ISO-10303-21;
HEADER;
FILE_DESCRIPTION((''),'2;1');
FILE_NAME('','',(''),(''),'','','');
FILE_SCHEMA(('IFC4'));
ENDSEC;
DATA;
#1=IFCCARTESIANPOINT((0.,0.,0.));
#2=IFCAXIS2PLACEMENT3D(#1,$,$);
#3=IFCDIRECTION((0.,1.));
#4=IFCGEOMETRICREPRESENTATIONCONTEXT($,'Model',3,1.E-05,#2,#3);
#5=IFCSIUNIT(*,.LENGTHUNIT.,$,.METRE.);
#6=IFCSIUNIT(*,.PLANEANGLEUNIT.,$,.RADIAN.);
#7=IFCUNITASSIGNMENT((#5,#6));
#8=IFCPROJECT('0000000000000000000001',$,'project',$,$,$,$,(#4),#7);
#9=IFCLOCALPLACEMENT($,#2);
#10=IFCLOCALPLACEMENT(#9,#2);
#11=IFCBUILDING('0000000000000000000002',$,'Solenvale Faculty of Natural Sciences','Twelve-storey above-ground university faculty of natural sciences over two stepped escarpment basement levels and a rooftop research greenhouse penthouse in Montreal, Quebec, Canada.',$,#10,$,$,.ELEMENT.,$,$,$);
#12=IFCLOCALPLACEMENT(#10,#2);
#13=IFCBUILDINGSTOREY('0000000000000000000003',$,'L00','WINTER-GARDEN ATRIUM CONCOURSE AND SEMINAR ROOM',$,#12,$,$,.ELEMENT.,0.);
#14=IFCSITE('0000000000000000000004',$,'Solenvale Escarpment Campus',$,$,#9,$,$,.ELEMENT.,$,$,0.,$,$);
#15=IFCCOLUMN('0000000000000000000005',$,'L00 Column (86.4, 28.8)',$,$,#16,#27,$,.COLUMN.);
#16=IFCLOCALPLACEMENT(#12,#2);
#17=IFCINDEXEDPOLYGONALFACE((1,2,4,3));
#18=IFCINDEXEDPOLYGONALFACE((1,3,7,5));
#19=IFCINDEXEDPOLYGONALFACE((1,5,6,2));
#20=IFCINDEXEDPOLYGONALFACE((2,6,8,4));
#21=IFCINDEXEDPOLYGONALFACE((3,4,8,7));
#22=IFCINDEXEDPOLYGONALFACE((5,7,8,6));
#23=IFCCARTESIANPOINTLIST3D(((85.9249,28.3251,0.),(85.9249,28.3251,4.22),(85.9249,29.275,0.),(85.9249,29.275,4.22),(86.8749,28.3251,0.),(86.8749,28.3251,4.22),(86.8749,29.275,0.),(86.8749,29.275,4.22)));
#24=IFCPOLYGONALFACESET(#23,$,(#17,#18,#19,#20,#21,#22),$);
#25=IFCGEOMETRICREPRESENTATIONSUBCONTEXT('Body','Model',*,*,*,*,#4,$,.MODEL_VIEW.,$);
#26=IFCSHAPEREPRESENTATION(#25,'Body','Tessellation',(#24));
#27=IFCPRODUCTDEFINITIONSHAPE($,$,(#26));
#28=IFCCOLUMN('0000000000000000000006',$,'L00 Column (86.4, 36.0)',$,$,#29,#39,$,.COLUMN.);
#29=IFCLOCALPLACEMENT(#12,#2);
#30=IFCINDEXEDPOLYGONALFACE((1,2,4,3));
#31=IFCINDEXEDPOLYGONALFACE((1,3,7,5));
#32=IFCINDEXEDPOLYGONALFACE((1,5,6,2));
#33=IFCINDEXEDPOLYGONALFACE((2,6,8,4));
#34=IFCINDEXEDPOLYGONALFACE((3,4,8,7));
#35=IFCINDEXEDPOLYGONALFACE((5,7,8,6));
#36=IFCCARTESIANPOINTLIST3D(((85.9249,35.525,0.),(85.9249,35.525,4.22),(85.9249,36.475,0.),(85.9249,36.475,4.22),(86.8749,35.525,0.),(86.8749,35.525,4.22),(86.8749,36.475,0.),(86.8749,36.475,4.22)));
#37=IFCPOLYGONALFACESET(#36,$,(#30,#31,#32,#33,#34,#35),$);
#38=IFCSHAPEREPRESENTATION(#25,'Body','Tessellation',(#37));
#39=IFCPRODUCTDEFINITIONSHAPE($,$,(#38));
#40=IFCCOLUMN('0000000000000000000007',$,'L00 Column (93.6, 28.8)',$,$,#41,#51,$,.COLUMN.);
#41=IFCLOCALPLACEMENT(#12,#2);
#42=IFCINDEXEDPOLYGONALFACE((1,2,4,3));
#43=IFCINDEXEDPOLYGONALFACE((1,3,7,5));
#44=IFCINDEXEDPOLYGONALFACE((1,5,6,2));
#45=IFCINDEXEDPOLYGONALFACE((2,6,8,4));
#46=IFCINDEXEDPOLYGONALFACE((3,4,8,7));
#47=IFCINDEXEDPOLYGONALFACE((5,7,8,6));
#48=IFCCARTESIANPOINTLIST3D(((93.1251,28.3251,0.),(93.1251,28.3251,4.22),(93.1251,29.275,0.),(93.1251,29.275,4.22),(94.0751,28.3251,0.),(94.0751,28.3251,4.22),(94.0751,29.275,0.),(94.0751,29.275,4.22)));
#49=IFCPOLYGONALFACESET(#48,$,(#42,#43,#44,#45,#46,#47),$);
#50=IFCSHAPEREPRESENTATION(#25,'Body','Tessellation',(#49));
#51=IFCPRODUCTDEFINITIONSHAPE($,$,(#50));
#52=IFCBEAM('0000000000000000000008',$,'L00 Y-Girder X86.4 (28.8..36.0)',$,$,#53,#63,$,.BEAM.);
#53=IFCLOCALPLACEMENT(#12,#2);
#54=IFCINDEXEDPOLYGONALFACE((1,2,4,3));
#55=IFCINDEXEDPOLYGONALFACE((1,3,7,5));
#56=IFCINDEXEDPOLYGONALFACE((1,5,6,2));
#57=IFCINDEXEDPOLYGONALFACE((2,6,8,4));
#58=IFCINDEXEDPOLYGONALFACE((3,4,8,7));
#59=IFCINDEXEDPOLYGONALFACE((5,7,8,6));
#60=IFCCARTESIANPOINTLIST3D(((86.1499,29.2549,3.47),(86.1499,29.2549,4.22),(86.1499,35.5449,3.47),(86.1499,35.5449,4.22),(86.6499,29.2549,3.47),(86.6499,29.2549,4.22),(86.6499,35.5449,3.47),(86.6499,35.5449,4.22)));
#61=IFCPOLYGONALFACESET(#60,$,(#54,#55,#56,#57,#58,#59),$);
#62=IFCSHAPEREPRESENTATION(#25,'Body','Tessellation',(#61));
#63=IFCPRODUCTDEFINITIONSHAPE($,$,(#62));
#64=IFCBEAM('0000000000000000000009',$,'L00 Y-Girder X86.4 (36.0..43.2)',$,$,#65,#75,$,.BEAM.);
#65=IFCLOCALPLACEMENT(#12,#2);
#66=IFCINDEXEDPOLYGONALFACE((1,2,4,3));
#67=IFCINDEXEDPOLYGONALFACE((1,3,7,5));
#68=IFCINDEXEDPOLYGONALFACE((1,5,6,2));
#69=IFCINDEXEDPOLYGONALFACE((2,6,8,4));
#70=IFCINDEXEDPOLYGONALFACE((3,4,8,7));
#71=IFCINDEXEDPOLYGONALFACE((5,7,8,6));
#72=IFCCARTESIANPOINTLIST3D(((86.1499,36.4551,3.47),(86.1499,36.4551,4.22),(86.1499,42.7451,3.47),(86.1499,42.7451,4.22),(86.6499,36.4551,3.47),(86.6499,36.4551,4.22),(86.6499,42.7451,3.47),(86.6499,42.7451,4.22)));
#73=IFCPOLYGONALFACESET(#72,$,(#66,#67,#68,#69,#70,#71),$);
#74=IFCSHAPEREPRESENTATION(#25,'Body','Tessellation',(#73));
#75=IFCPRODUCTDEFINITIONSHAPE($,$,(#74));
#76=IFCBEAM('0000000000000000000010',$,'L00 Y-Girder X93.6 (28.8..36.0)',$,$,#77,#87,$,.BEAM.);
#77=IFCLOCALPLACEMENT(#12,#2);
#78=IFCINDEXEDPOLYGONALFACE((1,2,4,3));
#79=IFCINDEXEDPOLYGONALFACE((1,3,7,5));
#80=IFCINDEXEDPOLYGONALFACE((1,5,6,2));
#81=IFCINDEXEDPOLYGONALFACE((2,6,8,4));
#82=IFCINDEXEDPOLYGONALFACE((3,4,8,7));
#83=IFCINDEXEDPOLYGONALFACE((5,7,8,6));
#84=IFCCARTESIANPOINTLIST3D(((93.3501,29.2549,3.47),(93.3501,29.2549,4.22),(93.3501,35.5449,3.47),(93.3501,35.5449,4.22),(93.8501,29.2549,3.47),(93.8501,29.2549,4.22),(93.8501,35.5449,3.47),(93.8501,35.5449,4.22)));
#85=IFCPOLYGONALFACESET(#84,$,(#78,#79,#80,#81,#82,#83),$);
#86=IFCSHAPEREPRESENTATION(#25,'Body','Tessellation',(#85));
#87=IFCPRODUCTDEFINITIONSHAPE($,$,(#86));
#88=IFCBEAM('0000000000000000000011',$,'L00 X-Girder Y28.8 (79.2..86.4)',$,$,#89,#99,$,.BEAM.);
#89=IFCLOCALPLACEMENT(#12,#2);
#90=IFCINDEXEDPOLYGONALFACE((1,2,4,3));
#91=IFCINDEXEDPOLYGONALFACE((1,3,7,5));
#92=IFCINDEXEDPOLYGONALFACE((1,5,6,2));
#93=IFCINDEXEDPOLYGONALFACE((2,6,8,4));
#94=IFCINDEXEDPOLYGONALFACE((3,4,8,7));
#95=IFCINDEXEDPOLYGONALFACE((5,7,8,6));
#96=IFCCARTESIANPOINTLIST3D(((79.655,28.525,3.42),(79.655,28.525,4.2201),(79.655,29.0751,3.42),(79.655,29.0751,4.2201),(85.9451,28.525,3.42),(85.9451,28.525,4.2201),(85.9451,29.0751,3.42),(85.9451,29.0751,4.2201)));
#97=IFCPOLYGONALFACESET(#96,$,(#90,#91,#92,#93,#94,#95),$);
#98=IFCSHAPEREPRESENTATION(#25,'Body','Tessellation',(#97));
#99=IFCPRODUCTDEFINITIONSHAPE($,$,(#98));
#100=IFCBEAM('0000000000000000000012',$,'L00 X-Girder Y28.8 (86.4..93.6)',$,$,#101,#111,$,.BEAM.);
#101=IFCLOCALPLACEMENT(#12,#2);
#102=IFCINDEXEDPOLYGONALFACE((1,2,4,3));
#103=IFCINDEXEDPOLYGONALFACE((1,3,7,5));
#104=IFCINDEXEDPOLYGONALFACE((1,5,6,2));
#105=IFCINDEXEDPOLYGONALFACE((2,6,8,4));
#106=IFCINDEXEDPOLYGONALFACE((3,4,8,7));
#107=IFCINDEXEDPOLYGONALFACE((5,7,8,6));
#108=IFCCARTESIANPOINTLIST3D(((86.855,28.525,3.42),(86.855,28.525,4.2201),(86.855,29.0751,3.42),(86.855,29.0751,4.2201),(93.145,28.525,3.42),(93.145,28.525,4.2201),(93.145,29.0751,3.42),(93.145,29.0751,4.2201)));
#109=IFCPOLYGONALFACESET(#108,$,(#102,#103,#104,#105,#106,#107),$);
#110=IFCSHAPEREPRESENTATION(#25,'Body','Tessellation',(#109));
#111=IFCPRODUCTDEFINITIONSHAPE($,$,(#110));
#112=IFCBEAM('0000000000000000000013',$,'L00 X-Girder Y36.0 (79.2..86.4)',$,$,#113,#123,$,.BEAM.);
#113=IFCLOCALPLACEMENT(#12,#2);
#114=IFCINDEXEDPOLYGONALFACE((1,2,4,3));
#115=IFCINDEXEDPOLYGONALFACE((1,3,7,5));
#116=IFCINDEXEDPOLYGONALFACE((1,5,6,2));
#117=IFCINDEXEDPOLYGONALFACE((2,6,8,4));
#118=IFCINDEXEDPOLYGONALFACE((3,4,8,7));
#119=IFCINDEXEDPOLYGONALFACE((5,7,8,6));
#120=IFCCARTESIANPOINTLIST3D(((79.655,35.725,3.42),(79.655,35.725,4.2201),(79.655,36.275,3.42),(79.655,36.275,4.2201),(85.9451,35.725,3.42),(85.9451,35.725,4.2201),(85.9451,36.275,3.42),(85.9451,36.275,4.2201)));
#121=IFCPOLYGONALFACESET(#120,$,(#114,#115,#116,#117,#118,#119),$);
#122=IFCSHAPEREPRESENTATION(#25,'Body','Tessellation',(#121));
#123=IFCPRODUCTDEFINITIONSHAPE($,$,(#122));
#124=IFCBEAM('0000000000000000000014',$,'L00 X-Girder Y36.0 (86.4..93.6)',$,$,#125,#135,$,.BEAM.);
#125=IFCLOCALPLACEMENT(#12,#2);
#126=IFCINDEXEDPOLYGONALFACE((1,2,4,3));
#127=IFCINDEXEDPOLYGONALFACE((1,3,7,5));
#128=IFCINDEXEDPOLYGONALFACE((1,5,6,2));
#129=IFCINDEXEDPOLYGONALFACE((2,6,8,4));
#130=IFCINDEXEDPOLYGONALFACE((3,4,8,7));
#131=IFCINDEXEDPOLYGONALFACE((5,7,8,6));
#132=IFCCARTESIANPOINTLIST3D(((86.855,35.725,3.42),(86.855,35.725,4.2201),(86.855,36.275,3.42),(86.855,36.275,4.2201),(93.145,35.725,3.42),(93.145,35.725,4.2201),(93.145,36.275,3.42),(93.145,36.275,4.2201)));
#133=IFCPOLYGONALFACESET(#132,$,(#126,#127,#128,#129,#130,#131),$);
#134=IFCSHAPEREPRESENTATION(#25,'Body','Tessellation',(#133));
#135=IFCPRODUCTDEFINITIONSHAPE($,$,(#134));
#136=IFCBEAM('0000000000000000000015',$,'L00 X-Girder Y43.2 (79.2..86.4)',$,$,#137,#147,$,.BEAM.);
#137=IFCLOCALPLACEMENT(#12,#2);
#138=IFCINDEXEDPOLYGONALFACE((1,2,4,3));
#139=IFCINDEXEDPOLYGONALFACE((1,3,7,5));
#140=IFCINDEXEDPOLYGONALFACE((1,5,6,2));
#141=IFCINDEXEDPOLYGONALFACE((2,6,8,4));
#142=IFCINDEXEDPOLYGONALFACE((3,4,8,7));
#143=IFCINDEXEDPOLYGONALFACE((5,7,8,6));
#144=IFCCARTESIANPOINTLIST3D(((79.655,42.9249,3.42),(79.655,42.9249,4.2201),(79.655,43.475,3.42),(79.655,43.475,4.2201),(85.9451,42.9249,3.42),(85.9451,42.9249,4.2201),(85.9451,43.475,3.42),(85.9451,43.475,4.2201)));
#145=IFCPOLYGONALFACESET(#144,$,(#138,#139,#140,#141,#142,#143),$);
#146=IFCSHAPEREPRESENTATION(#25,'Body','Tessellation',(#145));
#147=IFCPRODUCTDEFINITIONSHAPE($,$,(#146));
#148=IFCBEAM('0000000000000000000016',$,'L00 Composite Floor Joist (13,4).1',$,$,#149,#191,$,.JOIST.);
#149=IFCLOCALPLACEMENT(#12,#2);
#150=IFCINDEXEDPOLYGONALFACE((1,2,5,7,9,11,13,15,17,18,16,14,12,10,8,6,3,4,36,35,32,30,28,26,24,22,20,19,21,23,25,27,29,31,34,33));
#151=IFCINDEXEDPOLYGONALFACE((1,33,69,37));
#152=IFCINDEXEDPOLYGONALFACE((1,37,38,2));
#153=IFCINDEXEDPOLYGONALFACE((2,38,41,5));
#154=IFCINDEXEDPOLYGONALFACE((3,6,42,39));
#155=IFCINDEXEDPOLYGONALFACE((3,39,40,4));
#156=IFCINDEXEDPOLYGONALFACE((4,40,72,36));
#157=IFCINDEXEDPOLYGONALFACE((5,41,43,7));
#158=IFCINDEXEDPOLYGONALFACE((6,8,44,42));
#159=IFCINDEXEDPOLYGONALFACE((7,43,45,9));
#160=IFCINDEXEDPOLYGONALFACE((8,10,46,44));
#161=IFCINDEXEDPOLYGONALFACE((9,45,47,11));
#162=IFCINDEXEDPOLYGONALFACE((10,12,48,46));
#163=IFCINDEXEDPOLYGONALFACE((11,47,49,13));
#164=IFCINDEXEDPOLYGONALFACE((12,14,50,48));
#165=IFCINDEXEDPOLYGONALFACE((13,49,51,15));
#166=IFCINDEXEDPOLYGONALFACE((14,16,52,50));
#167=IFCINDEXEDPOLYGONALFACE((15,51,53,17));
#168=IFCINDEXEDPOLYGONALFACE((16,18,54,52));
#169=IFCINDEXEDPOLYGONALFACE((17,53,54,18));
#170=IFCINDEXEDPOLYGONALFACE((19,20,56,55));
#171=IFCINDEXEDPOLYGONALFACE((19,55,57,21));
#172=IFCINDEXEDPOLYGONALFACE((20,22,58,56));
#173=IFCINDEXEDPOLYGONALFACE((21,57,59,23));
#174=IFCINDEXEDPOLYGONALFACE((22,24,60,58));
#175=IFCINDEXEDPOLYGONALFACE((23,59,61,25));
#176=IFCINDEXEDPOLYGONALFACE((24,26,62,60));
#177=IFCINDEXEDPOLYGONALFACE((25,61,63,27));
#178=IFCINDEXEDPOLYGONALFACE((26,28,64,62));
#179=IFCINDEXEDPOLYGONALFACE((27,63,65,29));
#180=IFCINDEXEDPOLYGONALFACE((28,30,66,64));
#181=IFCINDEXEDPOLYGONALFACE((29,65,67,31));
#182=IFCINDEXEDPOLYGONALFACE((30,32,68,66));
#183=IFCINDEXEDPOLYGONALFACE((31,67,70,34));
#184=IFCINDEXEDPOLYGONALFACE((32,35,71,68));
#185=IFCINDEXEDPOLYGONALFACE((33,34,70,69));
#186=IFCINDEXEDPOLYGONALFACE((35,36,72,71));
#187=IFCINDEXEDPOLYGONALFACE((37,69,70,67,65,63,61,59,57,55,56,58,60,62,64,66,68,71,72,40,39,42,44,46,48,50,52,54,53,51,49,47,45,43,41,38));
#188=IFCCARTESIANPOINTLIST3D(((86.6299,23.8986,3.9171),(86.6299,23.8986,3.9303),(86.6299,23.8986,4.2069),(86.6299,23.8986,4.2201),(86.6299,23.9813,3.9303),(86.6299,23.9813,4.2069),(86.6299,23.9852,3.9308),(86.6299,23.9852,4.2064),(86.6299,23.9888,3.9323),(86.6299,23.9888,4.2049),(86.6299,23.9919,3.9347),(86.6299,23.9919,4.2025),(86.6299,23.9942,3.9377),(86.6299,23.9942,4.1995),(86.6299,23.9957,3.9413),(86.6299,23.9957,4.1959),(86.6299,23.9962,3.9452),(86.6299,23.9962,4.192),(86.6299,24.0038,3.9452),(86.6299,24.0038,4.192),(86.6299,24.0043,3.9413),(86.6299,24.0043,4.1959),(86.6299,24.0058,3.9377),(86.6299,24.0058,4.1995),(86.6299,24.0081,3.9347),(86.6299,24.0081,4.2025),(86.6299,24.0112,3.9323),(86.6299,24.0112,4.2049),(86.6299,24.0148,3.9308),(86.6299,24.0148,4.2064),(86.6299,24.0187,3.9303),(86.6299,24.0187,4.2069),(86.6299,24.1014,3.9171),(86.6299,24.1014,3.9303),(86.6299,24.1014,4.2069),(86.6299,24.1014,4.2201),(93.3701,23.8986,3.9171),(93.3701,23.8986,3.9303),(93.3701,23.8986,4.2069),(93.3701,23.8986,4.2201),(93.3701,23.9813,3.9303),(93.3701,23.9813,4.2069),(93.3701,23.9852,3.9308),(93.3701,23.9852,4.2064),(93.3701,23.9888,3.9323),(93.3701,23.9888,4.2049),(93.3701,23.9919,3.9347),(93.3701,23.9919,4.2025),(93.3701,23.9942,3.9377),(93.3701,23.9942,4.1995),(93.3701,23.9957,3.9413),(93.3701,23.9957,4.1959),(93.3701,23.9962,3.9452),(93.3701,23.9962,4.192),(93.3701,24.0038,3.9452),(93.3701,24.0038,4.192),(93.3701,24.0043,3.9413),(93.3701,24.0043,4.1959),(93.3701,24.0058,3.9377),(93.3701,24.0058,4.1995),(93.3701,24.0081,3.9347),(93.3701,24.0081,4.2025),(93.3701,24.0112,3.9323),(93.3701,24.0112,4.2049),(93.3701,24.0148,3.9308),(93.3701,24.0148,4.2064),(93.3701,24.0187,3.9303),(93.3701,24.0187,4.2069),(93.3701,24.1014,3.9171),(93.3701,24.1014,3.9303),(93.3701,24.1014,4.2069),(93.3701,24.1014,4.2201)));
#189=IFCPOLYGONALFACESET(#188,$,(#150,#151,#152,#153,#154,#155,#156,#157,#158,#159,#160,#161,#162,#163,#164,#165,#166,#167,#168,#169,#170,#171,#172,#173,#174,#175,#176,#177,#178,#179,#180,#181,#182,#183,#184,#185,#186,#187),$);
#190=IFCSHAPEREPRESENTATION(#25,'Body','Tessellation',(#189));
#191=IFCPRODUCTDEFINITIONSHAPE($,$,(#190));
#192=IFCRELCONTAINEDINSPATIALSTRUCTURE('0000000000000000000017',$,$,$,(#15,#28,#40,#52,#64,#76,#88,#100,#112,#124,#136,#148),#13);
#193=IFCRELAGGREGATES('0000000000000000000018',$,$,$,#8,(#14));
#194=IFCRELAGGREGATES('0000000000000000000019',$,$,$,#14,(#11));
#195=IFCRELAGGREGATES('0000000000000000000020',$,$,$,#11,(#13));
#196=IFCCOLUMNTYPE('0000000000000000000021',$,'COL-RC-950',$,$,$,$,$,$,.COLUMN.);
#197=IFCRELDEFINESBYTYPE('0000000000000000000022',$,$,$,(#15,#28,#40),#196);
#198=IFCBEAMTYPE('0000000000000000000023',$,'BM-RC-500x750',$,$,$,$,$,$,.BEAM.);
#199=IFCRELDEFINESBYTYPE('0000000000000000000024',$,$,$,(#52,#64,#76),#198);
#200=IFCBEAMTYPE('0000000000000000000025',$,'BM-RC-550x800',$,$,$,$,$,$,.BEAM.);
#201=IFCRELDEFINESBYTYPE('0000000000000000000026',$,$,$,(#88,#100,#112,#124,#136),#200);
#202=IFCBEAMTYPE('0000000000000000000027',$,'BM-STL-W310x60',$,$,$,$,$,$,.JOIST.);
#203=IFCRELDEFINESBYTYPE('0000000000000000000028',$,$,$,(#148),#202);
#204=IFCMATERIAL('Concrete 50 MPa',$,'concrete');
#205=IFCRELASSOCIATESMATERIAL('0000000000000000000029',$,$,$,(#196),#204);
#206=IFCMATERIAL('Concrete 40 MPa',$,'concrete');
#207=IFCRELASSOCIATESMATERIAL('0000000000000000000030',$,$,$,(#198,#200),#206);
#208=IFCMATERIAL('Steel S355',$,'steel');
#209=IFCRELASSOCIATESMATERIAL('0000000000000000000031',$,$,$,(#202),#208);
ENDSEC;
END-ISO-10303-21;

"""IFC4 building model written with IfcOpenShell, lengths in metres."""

from ifc_helpers import new_model, si_unit, direction, frame, origin, origin_2d, place, context, subcontext, project, spatial, rectangle, i_section, extrude, material, material_profile, profile_set, type_object, element, save


model = new_model("IFC4")

# Units and contexts
model_context = context("Model", 3, precision=1e-05, world=origin(), true_north=direction((0.0, 1.0)))
body_context = subcontext(model_context, "Body", "Model", "MODEL_VIEW")
ifc_project = project(units=[si_unit("LENGTHUNIT", "METRE"), si_unit("PLANEANGLEUNIT", "RADIAN")], contexts=[model_context])

# Site, building, storey
site_placement = place(None, origin())
site = spatial("IfcSite", under=ifc_project, at=site_placement, Name="Solenvale Escarpment Campus", CompositionType="ELEMENT", RefElevation=0.0)
building_placement = place(site_placement, origin())
building = spatial("IfcBuilding", under=site, at=building_placement, Name="Solenvale Faculty of Natural Sciences", Description="Twelve-storey above-ground university faculty of natural sciences over two stepped escarpment basement levels and a rooftop research greenhouse penthouse in Montreal, Quebec, Canada.", CompositionType="ELEMENT")
storey_placement = place(building_placement, origin())
storey = spatial("IfcBuildingStorey", under=building, at=storey_placement, Name="L00", Description="WINTER-GARDEN ATRIUM CONCOURSE AND SEMINAR ROOM", CompositionType="ELEMENT", Elevation=0.0)

# Columns
ifc_material_1 = material(Name="Concrete 50 MPa", Category="concrete")
ifc_material_profile_1 = material_profile(ifc_material_1, rectangle(XDim=0.95, YDim=0.95, at=origin_2d()), Name="RC-COL-950x950")
ifc_profile_set_1 = profile_set([ifc_material_profile_1], Name="Concrete 50 MPa")
column_type = type_object("IfcColumnType", Name="COL-RC-950", PredefinedType="COLUMN", material=ifc_profile_set_1)
for number, where, z_axis, x_axis, name in (
    (1, (86.3999, 28.8, 0.0), (0.0, 0.0, 1.0), (1.0, 0.0, 0.0), "L00 Column (86.4, 28.8)"),
    (2, (86.3999, 36.0, 0.0), (0.0, 0.0, 1.0), (1.0, 0.0, 0.0), "L00 Column (86.4, 36.0)"),
    (3, (93.6001, 28.8, 0.0), (0.0, 0.0, 1.0), (1.0, 0.0, 0.0), "L00 Column (93.6, 28.8)"),
):
    element("IfcColumn", number, at=place(storey_placement, frame(where, z_axis=z_axis, x_axis=x_axis)), inside=storey, type_object=column_type, Name=name, PredefinedType="COLUMN", context=body_context, shape_type="SweptSolid", body=[
        extrude(rectangle(XDim=0.95, YDim=0.95, at=origin_2d()), origin(), (0.0, 0.0, 1.0), 4.22),
    ])

# Beams
ifc_material_2 = material(Name="Concrete 40 MPa", Category="concrete")
ifc_material_profile_2 = material_profile(ifc_material_2, rectangle(XDim=0.5, YDim=0.75, at=origin_2d()), Name="RC-BM-500x750")
ifc_profile_set_2 = profile_set([ifc_material_profile_2], Name="Concrete 40 MPa")
beam_type_1 = type_object("IfcBeamType", Name="BM-RC-500x750", PredefinedType="BEAM", material=ifc_profile_set_2)
for number, where, z_axis, x_axis, name in (
    (4, (86.3999, 29.2549, 3.845), (0.0, 1.0, 0.0), (-1.0, 0.0, 0.0), "L00 Y-Girder X86.4 (28.8..36.0)"),
    (5, (86.3999, 36.4551, 3.845), (0.0, 1.0, 0.0), (-1.0, 0.0, 0.0), "L00 Y-Girder X86.4 (36.0..43.2)"),
    (6, (93.6001, 29.2549, 3.845), (0.0, 1.0, 0.0), (-1.0, 0.0, 0.0), "L00 Y-Girder X93.6 (28.8..36.0)"),
):
    element("IfcBeam", number, at=place(storey_placement, frame(where, z_axis=z_axis, x_axis=x_axis)), inside=storey, type_object=beam_type_1, Name=name, PredefinedType="BEAM", context=body_context, shape_type="SweptSolid", body=[
        extrude(rectangle(XDim=0.5, YDim=0.75, at=origin_2d()), origin(), (0.0, 0.0, 1.0), 6.29),
    ])
ifc_material_profile_3 = material_profile(ifc_material_2, rectangle(XDim=0.55, YDim=0.8, at=origin_2d()), Name="RC-BM-550x800")
ifc_profile_set_3 = profile_set([ifc_material_profile_3], Name="Concrete 40 MPa")
beam_type_2 = type_object("IfcBeamType", Name="BM-RC-550x800", PredefinedType="BEAM", material=ifc_profile_set_3)
for number, where, z_axis, x_axis, name in (
    (7, (79.655, 28.8, 3.8201), (1.0, 0.0, 0.0), (0.0, 1.0, 0.0), "L00 X-Girder Y28.8 (79.2..86.4)"),
    (8, (86.855, 28.8, 3.8201), (1.0, 0.0, 0.0), (0.0, 1.0, 0.0), "L00 X-Girder Y28.8 (86.4..93.6)"),
    (9, (79.655, 36.0, 3.8201), (1.0, 0.0, 0.0), (0.0, 1.0, 0.0), "L00 X-Girder Y36.0 (79.2..86.4)"),
    (10, (86.855, 36.0, 3.8201), (1.0, 0.0, 0.0), (0.0, 1.0, 0.0), "L00 X-Girder Y36.0 (86.4..93.6)"),
    (11, (79.655, 43.2, 3.8201), (1.0, 0.0, 0.0), (0.0, 1.0, 0.0), "L00 X-Girder Y43.2 (79.2..86.4)"),
):
    element("IfcBeam", number, at=place(storey_placement, frame(where, z_axis=z_axis, x_axis=x_axis)), inside=storey, type_object=beam_type_2, Name=name, PredefinedType="BEAM", context=body_context, shape_type="SweptSolid", body=[
        extrude(rectangle(XDim=0.55, YDim=0.8, at=origin_2d()), origin(), (0.0, 0.0, 1.0), 6.29),
    ])
ifc_material_3 = material(Name="Steel S355", Category="steel")
ifc_material_profile_4 = material_profile(ifc_material_3, i_section(OverallWidth=0.2029, OverallDepth=0.303, WebThickness=0.0076, FlangeThickness=0.0132, FilletRadius=0.0149, at=origin_2d()), Name="W310x60")
ifc_profile_set_4 = profile_set([ifc_material_profile_4], Name="Steel S355")
beam_type_3 = type_object("IfcBeamType", Name="BM-STL-W310x60", PredefinedType="JOIST", material=ifc_profile_set_4)
for number, where, z_axis, x_axis, name in (
    (12, (86.6299, 24.0, 4.0686), (1.0, 0.0, 0.0), (0.0, 1.0, 0.0), "L00 Composite Floor Joist (13,4).1"),
):
    element("IfcBeam", number, at=place(storey_placement, frame(where, z_axis=z_axis, x_axis=x_axis)), inside=storey, type_object=beam_type_3, Name=name, PredefinedType="JOIST", context=body_context, shape_type="SweptSolid", body=[
        extrude(i_section(OverallWidth=0.2029, OverallDepth=0.303, WebThickness=0.0076, FlangeThickness=0.0132, FilletRadius=0.0149, at=origin_2d()), origin(), (0.0, 0.0, 1.0), 6.7402),
    ])

save(model, "model.ifc")
